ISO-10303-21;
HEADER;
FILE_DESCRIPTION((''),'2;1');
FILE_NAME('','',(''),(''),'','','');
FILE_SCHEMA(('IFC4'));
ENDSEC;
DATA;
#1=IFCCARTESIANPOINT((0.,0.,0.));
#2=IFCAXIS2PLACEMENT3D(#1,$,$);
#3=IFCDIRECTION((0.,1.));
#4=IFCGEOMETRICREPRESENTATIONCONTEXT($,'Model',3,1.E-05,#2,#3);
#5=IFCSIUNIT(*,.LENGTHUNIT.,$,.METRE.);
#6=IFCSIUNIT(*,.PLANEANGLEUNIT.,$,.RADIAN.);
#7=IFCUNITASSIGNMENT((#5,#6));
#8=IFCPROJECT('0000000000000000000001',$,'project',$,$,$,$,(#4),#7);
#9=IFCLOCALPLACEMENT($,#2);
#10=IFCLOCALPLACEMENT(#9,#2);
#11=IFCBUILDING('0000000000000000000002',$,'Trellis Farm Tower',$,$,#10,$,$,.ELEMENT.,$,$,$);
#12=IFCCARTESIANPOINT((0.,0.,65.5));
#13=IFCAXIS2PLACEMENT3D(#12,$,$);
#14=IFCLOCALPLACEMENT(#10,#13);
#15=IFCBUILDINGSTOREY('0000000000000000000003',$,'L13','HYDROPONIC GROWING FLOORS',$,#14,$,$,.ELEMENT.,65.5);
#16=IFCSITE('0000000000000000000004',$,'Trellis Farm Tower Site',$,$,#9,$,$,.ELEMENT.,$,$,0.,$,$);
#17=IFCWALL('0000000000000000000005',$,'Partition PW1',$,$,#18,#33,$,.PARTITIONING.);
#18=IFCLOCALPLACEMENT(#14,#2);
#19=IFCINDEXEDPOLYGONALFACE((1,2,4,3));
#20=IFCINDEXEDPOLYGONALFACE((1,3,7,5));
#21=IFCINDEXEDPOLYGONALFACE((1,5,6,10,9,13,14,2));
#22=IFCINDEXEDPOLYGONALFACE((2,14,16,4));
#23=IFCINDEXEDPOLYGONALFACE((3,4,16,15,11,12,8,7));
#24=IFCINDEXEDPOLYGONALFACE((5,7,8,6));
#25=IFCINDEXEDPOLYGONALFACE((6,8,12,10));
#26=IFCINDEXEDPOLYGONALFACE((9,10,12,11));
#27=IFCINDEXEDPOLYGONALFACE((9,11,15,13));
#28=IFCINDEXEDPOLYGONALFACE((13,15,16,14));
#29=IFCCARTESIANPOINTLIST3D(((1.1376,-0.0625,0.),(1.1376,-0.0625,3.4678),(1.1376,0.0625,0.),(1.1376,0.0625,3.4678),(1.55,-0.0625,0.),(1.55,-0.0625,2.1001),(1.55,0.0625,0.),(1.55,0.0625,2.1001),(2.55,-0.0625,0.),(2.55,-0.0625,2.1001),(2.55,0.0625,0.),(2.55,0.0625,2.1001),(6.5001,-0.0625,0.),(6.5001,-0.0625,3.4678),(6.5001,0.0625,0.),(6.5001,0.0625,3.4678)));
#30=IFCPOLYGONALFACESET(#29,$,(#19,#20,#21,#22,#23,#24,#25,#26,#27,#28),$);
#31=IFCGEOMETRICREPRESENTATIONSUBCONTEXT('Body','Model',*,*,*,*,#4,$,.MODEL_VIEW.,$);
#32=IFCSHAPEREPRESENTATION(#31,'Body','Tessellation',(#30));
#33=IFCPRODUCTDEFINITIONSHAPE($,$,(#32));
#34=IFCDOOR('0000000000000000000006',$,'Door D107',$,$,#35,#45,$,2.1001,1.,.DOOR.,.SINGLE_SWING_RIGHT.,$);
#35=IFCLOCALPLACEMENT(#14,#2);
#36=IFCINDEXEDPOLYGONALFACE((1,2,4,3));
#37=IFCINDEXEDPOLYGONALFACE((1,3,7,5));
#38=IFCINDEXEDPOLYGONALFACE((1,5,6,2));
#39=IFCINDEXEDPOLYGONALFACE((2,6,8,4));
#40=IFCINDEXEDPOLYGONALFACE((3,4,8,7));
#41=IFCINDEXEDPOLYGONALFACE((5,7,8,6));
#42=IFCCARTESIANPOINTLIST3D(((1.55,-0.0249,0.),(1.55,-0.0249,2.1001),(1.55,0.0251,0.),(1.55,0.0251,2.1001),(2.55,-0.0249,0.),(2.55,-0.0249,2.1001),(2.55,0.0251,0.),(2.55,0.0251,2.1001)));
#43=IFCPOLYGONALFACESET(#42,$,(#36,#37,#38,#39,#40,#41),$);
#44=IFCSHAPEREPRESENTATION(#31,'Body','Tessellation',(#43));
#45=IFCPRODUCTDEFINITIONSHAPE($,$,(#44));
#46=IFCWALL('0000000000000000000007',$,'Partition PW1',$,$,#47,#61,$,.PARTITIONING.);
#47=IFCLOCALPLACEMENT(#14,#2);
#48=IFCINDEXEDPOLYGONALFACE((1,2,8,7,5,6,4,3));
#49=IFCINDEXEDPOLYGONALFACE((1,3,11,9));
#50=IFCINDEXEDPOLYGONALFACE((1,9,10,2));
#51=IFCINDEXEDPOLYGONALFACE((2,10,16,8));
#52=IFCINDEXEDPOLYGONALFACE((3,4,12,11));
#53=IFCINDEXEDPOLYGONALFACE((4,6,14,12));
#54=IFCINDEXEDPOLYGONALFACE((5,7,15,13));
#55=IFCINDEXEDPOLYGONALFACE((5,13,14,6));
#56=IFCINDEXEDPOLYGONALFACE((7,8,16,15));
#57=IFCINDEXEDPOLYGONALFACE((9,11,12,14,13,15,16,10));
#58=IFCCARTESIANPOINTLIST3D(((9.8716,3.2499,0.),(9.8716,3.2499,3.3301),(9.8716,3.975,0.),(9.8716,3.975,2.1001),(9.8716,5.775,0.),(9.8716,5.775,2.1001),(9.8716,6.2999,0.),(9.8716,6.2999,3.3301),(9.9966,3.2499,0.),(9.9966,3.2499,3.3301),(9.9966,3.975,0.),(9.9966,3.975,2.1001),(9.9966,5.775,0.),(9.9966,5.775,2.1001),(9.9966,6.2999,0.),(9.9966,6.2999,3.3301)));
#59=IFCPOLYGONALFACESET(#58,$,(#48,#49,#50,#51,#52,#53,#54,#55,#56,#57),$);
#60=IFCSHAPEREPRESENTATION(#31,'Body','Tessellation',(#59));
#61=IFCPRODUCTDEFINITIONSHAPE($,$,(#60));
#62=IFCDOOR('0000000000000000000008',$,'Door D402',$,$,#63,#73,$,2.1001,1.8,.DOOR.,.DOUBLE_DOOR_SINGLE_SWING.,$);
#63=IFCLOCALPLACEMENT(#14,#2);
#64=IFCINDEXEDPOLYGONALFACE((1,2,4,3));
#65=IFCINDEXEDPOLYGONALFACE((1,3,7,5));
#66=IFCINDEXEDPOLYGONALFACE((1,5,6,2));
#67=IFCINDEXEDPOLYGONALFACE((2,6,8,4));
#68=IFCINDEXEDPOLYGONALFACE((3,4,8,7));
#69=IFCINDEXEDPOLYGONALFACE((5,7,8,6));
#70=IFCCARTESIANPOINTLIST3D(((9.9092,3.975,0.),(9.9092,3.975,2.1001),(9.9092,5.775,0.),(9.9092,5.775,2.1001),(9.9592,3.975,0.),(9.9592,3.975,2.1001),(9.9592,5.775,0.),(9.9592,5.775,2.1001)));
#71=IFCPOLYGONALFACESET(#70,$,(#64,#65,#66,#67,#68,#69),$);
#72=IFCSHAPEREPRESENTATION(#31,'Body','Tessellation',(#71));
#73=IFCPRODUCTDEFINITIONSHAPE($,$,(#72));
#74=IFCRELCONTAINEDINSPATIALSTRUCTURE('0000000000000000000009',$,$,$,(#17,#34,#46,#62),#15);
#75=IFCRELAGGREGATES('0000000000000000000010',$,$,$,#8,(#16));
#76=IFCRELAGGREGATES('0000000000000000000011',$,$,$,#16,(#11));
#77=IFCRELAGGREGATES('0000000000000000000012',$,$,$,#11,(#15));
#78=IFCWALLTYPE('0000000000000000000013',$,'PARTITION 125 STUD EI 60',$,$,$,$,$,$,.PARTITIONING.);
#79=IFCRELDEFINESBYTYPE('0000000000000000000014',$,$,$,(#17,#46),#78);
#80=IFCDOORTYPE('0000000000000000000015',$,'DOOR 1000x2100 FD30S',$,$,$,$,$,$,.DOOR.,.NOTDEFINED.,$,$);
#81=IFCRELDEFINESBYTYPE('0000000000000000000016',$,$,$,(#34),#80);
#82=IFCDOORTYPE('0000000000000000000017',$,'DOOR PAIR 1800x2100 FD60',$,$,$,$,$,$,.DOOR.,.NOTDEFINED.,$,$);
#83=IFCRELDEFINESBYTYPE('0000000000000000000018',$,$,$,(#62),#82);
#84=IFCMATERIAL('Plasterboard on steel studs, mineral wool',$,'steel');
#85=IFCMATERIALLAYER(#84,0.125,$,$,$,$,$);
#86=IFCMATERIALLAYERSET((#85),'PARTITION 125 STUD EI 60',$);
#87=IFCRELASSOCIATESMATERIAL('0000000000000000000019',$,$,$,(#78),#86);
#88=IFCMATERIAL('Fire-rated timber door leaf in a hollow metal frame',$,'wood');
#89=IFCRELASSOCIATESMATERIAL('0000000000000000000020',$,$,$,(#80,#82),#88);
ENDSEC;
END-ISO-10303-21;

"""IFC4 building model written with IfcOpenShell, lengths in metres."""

from ifc_helpers import new_model, si_unit, direction, frame, frame_2d, origin, place, context, subcontext, project, spatial, rectangle, extrude, source, transform, mapped, material, layer, layer_set, type_object, element, fill, save


model = new_model("IFC4")

# Units and contexts
model_context = context("Model", 3, precision=1e-05, world=origin(), true_north=direction((0.0, 1.0)))
body_context = subcontext(model_context, "Body", "Model", "MODEL_VIEW")
ifc_project = project(units=[si_unit("LENGTHUNIT", "METRE"), si_unit("PLANEANGLEUNIT", "RADIAN")], contexts=[model_context])

# Site, building, storey
site_placement = place(None, origin())
site = spatial("IfcSite", under=ifc_project, at=site_placement, Name="Trellis Farm Tower Site", CompositionType="ELEMENT", RefElevation=0.0)
building_placement = place(site_placement, origin())
building = spatial("IfcBuilding", under=site, at=building_placement, Name="Trellis Farm Tower", CompositionType="ELEMENT")
storey_placement = place(building_placement, frame((0.0, 0.0, 65.5)))
storey = spatial("IfcBuildingStorey", under=building, at=storey_placement, Name="L13", Description="HYDROPONIC GROWING FLOORS", CompositionType="ELEMENT", Elevation=65.5)

# Shared definitions
ifc_material_1 = material(Name="Plasterboard on steel studs, mineral wool", Category="steel")
ifc_layer_1 = layer(ifc_material_1, 0.125)
ifc_layer_set_1 = layer_set([ifc_layer_1], Name="PARTITION 125 STUD EI 60")
wall_type_1 = type_object("IfcWallType", Name="PARTITION 125 STUD EI 60", PredefinedType="PARTITIONING", material=ifc_layer_set_1)

# Walls, openings, doors
shared_shape_1 = source(origin(), body_context, "Body", "SweptSolid", [
    extrude(rectangle(XDim=5.3625, YDim=0.125, at=frame_2d((2.6812, 0.0))), origin(), (0.0, 0.0, 1.0), 3.4678),
])
wall_1_placement = place(storey_placement, frame((6.5, 0.0, 0.0), z_axis=(0.0, 0.0, 1.0), x_axis=(-1.0, 0.0, 0.0)))
wall_1 = element("IfcWall", 1, at=wall_1_placement, inside=storey, type_object=wall_type_1, Name="Partition PW1", PredefinedType="PARTITIONING", context=body_context, shape_type="MappedRepresentation", body=[
    mapped(shared_shape_1, transform((0.0, 0.0, 0.0))),
])
shared_shape_2 = source(origin(), body_context, "Body", "SweptSolid", [
    extrude(rectangle(XDim=1.0, YDim=2.1001, at=frame_2d((0.5, 1.05))), frame((0.0, 0.0725, 0.0), z_axis=(0.0, -1.0, 0.0), x_axis=(1.0, 0.0, 0.0)), (0.0, 0.0, 1.0), 0.145),
])
opening_1_placement = place(wall_1_placement, frame((3.95, 0.0, 0.0)))
opening_1 = element("IfcOpeningElement", 2, at=opening_1_placement, cuts=wall_1, PredefinedType="OPENING", context=body_context, shape_type="MappedRepresentation", body=[
    mapped(shared_shape_2, transform((0.0, 0.0, 0.0))),
])
ifc_material_2 = material(Name="Fire-rated timber door leaf in a hollow metal frame", Category="wood")
door_type_1 = type_object("IfcDoorType", Name="DOOR 1000x2100 FD30S", OperationType="NOTDEFINED", PredefinedType="DOOR", material=ifc_material_2)
shared_shape_3 = source(origin(), body_context, "Body", "SweptSolid", [
    extrude(rectangle(XDim=1.0, YDim=2.1001, at=frame_2d((0.5, 1.05))), frame((0.0, 0.0249, 0.0), z_axis=(0.0, -1.0, 0.0), x_axis=(1.0, 0.0, 0.0)), (0.0, 0.0, 1.0), 0.05),
])
door_1_placement = place(opening_1_placement, origin())
door_1 = element("IfcDoor", 3, at=door_1_placement, inside=storey, type_object=door_type_1, Name="Door D107", OperationType="SINGLE_SWING_RIGHT", OverallHeight=2.1001, OverallWidth=1.0, PredefinedType="DOOR", context=body_context, shape_type="MappedRepresentation", body=[
    mapped(shared_shape_3, transform((0.0, 0.0, 0.0))),
])
fill(opening_1, door_1)
shared_shape_4 = source(origin(), body_context, "Body", "SweptSolid", [
    extrude(rectangle(XDim=3.05, YDim=0.125, at=frame_2d((1.5249, 0.0))), origin(), (0.0, 0.0, 1.0), 3.3301),
])
wall_2_placement = place(storey_placement, frame((9.9341, 3.25, 0.0), z_axis=(0.0, 0.0, 1.0), x_axis=(0.0, 1.0, 0.0)))
wall_2 = element("IfcWall", 4, at=wall_2_placement, inside=storey, type_object=wall_type_1, Name="Partition PW1", PredefinedType="PARTITIONING", context=body_context, shape_type="MappedRepresentation", body=[
    mapped(shared_shape_4, transform((0.0, 0.0, 0.0))),
])
shared_shape_5 = source(origin(), body_context, "Body", "SweptSolid", [
    extrude(rectangle(XDim=1.8, YDim=2.1001, at=frame_2d((0.8999, 1.05))), frame((0.0, 0.0725, 0.0), z_axis=(0.0, -1.0, 0.0), x_axis=(1.0, 0.0, 0.0)), (0.0, 0.0, 1.0), 0.145),
])
opening_2_placement = place(wall_2_placement, frame((0.7251, 0.0, 0.0)))
opening_2 = element("IfcOpeningElement", 5, at=opening_2_placement, cuts=wall_2, PredefinedType="OPENING", context=body_context, shape_type="MappedRepresentation", body=[
    mapped(shared_shape_5, transform((0.0, 0.0, 0.0))),
])
door_type_2 = type_object("IfcDoorType", Name="DOOR PAIR 1800x2100 FD60", OperationType="NOTDEFINED", PredefinedType="DOOR", material=ifc_material_2)
shared_shape_6 = source(origin(), body_context, "Body", "SweptSolid", [
    extrude(rectangle(XDim=1.8, YDim=2.1001, at=frame_2d((0.8999, 1.05))), frame((0.0, 0.0249, 0.0), z_axis=(0.0, -1.0, 0.0), x_axis=(1.0, 0.0, 0.0)), (0.0, 0.0, 1.0), 0.05),
])
door_2_placement = place(opening_2_placement, origin())
door_2 = element("IfcDoor", 6, at=door_2_placement, inside=storey, type_object=door_type_2, Name="Door D402", OperationType="DOUBLE_DOOR_SINGLE_SWING", OverallHeight=2.1001, OverallWidth=1.8, PredefinedType="DOOR", context=body_context, shape_type="MappedRepresentation", body=[
    mapped(shared_shape_6, transform((0.0, 0.0, 0.0))),
])
fill(opening_2, door_2)

save(model, "model.ifc")
